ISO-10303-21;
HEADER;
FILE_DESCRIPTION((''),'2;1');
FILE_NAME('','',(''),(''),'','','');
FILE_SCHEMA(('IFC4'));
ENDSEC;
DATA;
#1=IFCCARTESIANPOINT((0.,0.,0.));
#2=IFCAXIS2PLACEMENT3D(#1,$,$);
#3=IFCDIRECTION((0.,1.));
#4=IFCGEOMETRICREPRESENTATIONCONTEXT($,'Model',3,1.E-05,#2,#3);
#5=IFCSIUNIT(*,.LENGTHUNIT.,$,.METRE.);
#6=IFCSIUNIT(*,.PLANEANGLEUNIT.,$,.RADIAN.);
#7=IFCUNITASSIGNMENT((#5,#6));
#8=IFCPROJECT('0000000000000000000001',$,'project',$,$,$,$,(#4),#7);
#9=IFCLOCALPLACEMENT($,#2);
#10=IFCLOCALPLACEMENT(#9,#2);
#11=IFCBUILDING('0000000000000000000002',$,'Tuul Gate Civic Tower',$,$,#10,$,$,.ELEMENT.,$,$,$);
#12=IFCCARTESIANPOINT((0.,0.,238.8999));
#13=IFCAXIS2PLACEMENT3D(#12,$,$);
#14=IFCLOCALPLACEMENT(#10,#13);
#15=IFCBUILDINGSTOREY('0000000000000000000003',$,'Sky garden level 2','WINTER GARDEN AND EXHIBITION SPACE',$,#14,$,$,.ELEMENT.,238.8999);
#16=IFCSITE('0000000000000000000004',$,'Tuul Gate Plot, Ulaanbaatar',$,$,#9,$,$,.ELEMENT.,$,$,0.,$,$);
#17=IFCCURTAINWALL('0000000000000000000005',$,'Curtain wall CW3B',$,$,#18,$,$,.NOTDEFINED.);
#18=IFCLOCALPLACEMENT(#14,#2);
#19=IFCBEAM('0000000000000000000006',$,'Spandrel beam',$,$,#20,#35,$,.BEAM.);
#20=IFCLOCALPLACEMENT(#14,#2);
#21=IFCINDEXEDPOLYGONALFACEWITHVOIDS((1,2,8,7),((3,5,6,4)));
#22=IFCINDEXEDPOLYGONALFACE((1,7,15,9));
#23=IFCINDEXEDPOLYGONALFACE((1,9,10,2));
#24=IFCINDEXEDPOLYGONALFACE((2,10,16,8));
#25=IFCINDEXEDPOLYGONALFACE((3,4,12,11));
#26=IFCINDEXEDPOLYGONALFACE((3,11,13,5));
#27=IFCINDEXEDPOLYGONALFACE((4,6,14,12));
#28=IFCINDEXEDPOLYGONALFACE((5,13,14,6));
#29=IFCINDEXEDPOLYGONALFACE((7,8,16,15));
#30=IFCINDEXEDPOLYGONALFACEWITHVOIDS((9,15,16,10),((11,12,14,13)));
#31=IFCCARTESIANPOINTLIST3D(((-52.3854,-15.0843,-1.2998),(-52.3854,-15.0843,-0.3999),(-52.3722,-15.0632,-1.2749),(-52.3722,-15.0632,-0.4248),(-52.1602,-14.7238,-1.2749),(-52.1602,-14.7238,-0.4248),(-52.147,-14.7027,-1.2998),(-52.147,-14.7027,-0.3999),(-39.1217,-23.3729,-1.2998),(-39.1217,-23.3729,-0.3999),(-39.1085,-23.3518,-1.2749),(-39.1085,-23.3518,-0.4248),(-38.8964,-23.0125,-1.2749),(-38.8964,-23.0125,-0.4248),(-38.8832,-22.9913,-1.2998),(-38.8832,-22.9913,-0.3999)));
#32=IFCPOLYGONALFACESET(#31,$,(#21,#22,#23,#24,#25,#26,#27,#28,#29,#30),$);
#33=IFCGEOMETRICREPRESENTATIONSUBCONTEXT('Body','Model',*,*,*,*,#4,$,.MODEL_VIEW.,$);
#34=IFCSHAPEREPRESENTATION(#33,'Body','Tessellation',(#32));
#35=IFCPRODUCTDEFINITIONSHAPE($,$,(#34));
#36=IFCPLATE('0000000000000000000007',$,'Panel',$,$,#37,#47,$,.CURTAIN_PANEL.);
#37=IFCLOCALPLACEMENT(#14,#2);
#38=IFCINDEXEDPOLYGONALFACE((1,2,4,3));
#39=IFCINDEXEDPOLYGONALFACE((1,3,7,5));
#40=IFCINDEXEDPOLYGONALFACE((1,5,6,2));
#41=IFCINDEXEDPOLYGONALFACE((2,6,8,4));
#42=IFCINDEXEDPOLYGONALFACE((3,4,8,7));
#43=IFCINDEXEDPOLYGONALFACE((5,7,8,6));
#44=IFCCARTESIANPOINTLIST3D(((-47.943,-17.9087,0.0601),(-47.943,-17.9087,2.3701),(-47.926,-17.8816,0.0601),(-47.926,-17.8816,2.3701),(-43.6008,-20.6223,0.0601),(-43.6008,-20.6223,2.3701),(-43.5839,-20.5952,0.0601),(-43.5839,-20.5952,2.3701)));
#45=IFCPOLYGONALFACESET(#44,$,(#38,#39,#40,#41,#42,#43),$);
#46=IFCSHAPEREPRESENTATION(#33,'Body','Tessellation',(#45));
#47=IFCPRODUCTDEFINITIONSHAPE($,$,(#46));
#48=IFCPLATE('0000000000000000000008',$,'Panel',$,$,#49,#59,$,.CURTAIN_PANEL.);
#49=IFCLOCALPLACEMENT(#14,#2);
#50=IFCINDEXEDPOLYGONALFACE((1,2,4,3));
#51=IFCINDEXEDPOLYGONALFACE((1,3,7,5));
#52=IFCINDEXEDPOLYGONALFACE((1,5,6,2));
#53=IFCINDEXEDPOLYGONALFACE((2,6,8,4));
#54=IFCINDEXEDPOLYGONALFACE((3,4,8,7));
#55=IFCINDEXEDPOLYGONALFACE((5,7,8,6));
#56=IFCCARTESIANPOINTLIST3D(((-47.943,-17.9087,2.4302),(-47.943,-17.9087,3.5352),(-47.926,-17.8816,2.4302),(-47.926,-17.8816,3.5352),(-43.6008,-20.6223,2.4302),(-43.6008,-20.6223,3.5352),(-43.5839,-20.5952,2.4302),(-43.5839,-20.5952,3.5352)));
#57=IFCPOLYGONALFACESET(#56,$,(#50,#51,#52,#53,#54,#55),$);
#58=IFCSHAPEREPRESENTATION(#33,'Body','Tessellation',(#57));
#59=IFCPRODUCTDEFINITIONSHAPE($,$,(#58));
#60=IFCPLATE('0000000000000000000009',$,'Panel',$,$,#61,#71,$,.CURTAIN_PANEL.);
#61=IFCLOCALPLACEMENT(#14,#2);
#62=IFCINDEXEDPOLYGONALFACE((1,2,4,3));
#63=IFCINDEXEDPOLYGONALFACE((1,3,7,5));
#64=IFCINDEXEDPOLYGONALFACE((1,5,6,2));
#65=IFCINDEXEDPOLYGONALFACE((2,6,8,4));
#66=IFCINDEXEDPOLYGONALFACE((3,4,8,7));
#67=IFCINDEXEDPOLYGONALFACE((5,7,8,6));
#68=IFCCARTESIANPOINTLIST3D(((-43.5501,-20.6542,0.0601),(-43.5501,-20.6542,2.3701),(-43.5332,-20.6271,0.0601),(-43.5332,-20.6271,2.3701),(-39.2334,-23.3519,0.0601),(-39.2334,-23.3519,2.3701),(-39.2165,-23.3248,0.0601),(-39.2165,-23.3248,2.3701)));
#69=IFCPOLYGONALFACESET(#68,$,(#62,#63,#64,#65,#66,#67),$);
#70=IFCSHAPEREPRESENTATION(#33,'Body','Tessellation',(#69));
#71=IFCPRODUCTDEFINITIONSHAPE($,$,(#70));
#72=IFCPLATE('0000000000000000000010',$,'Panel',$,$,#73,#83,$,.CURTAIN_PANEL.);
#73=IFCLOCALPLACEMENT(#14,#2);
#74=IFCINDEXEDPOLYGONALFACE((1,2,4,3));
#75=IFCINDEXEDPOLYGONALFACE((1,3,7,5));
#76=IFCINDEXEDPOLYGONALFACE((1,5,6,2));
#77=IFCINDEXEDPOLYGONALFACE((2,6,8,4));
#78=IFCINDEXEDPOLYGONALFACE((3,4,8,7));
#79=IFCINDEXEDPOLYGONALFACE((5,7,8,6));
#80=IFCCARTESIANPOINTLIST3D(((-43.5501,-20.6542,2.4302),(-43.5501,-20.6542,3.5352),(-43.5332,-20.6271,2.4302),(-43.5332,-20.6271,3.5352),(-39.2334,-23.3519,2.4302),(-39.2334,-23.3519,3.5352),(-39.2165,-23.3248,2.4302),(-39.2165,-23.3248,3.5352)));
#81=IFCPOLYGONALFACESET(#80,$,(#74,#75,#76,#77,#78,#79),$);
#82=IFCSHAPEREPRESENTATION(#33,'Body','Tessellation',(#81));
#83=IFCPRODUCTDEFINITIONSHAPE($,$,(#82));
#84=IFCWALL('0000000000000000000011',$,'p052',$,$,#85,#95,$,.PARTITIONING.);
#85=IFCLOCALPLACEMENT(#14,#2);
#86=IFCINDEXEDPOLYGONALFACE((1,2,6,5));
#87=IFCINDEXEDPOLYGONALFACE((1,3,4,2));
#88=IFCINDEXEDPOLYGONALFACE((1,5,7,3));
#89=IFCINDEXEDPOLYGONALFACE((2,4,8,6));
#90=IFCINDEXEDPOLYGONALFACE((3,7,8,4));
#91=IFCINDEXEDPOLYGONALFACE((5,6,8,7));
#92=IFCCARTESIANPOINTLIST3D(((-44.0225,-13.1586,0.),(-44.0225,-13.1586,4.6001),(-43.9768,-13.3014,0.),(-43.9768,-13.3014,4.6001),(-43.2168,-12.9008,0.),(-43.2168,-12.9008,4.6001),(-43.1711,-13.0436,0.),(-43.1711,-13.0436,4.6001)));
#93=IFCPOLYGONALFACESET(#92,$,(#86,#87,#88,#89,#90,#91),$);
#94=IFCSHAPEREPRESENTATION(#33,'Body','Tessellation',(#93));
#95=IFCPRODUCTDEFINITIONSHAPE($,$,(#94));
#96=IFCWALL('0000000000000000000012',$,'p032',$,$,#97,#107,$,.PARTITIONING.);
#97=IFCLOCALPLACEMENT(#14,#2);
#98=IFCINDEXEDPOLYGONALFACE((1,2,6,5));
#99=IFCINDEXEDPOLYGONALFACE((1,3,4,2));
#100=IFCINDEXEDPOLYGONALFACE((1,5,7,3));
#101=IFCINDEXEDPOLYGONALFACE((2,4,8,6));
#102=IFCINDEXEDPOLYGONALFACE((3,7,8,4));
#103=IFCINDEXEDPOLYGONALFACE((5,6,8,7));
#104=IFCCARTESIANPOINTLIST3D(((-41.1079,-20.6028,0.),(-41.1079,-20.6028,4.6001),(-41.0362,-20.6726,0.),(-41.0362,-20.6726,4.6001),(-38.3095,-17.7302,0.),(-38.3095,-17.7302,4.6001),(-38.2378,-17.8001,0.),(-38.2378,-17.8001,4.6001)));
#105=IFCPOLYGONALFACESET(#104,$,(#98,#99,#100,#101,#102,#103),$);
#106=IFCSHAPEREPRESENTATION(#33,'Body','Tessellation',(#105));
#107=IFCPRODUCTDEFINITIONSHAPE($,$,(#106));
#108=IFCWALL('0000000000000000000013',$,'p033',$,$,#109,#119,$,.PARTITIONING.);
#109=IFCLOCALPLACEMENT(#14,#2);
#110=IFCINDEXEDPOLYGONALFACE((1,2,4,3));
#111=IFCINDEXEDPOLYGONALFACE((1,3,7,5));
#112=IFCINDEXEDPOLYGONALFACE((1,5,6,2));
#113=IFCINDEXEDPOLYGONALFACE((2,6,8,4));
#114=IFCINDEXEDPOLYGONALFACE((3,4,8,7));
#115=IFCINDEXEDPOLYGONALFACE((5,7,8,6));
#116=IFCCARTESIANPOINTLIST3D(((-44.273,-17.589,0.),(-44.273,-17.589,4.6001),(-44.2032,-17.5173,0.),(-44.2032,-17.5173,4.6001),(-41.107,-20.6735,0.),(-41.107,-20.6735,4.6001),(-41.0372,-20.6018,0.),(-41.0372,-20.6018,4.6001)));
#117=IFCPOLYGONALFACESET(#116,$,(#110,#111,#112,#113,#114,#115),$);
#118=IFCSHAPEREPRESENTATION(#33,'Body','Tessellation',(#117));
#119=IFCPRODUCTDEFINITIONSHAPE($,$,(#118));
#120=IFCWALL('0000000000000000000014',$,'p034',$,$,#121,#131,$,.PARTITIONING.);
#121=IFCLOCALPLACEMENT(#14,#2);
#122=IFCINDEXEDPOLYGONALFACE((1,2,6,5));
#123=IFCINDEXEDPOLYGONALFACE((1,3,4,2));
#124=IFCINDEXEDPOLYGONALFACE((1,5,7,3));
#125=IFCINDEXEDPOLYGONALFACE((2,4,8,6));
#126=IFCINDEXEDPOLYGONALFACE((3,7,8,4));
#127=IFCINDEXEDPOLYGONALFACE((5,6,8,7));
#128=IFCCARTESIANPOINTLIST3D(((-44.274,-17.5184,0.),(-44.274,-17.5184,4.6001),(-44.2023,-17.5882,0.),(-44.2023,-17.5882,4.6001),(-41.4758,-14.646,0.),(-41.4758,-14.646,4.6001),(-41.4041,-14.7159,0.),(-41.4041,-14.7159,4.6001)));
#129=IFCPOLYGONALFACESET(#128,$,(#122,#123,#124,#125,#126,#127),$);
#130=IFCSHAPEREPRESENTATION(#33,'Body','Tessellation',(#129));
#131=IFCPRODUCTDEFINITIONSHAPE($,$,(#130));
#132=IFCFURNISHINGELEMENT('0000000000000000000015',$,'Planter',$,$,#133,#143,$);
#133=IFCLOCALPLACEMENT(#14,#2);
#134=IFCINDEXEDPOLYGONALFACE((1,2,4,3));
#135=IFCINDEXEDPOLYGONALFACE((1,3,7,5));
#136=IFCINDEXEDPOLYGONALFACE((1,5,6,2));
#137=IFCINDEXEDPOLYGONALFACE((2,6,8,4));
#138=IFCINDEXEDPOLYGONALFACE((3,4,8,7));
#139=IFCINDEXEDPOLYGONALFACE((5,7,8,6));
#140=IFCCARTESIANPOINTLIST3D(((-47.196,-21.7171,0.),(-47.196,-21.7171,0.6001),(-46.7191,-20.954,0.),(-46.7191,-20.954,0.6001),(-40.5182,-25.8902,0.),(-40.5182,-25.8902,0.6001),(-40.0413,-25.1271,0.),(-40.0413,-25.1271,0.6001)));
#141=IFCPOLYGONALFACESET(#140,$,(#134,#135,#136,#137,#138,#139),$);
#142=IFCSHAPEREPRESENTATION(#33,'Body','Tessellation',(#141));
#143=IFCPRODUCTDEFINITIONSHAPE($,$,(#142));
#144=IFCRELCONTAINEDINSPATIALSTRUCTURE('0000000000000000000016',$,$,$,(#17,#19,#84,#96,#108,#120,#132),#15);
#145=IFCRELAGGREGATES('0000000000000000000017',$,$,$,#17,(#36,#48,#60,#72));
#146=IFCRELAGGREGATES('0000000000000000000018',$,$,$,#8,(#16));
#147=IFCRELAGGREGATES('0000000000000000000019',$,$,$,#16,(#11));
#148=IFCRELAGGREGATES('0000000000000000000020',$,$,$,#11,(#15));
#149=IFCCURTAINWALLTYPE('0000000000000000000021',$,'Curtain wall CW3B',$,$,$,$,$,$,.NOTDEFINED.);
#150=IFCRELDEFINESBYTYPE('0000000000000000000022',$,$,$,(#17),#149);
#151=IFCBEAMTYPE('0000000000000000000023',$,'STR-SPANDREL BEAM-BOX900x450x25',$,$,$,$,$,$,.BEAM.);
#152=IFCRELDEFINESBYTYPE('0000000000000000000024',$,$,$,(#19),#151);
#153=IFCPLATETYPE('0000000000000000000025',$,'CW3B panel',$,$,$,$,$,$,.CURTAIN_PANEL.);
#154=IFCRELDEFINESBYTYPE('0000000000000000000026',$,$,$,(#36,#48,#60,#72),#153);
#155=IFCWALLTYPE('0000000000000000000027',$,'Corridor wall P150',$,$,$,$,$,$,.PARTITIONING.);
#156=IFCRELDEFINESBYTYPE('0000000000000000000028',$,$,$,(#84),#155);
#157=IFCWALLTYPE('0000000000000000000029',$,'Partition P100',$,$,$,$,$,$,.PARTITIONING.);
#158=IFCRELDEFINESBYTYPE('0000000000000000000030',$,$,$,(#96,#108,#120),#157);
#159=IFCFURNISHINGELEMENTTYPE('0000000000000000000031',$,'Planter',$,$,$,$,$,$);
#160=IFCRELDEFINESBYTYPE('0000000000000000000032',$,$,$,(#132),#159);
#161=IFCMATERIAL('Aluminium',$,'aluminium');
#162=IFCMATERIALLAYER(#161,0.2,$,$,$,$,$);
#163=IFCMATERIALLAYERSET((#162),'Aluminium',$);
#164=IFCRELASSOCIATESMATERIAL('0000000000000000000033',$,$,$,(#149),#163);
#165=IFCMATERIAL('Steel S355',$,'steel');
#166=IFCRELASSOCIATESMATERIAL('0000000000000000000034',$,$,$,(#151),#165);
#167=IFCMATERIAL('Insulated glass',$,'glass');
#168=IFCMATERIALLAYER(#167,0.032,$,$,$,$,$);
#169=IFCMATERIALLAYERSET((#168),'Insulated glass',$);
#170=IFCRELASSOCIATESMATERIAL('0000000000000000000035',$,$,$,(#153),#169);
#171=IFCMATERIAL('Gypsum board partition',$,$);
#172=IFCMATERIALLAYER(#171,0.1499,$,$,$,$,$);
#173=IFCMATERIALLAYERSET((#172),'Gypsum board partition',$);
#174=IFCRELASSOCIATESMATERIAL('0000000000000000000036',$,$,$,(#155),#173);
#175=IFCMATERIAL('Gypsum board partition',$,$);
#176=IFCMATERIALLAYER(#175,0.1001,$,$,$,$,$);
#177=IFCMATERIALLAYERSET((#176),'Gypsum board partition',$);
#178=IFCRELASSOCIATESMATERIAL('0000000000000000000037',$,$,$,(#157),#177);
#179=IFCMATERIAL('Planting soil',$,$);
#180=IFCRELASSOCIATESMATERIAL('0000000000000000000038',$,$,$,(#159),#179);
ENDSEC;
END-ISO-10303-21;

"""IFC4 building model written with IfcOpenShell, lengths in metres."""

from ifc_helpers import new_model, si_unit, direction, frame, frame_2d, origin, origin_2d, place, context, subcontext, project, spatial, rectangle, hollow_rectangle, extrude, material, layer, layer_set, material_profile, profile_set, type_object, element, aggregate, save


model = new_model("IFC4")

# Units and contexts
model_context = context("Model", 3, precision=1e-05, world=origin(), true_north=direction((0.0, 1.0)))
body_context = subcontext(model_context, "Body", "Model", "MODEL_VIEW")
ifc_project = project(units=[si_unit("LENGTHUNIT", "METRE"), si_unit("PLANEANGLEUNIT", "RADIAN")], contexts=[model_context])

# Site, building, storey
site_placement = place(None, origin())
site = spatial("IfcSite", under=ifc_project, at=site_placement, Name="Tuul Gate Plot, Ulaanbaatar", CompositionType="ELEMENT", RefElevation=0.0)
building_placement = place(site_placement, origin())
building = spatial("IfcBuilding", under=site, at=building_placement, Name="Tuul Gate Civic Tower", CompositionType="ELEMENT")
storey_placement = place(building_placement, frame((0.0, 0.0, 238.8999)))
storey = spatial("IfcBuildingStorey", under=building, at=storey_placement, Name="Sky garden level 2", Description="WINTER GARDEN AND EXHIBITION SPACE", CompositionType="ELEMENT", Elevation=238.8999)

# Curtain wall
ifc_material_1 = material(Name="Aluminium", Category="aluminium")
ifc_layer_1 = layer(ifc_material_1, 0.2)
ifc_layer_set_1 = layer_set([ifc_layer_1], Name="Aluminium")
curtain_wall_type_1 = type_object("IfcCurtainWallType", Name="Curtain wall CW3B", PredefinedType="NOTDEFINED", material=ifc_layer_set_1)
curtain_wall_1_placement = place(storey_placement, origin())
curtain_wall_1 = element("IfcCurtainWall", 1, at=curtain_wall_1_placement, inside=storey, type_object=curtain_wall_type_1, Name="Curtain wall CW3B", PredefinedType="NOTDEFINED")

# Beam
ifc_material_2 = material(Name="Steel S355", Category="steel")
ifc_material_profile_1 = material_profile(ifc_material_2, hollow_rectangle(XDim=0.45, YDim=0.8999, WallThickness=0.0249, at=origin_2d()), Name="BOX900x450x25")
ifc_profile_set_1 = profile_set([ifc_material_profile_1], Name="Steel S355")
beam_type_1 = type_object("IfcBeamType", Name="STR-SPANDREL BEAM-BOX900x450x25", PredefinedType="BEAM", material=ifc_profile_set_1)
beam_1_placement = place(storey_placement, frame((-39.0024, -23.1821, -0.8499), z_axis=(-0.848033, 0.529943, 0.0), x_axis=(-0.529943, -0.848033, 0.0)))
element("IfcBeam", 2, at=beam_1_placement, inside=storey, type_object=beam_type_1, Name="Spandrel beam", PredefinedType="BEAM", context=body_context, shape_type="SweptSolid", body=[
    extrude(hollow_rectangle(XDim=0.45, YDim=0.8999, WallThickness=0.0249, at=origin_2d()), origin(), (0.0, 0.0, 1.0), 15.6406),
])

# Plates
ifc_material_3 = material(Name="Insulated glass", Category="glass")
ifc_layer_2 = layer(ifc_material_3, 0.032)
ifc_layer_set_2 = layer_set([ifc_layer_2], Name="Insulated glass")
plate_type = type_object("IfcPlateType", Name="CW3B panel", PredefinedType="CURTAIN_PANEL", material=ifc_layer_set_2)
plate_1_placement = place(storey_placement, frame((-45.7634, -19.252, 0.0601), z_axis=(0.0, 0.0, 1.0), x_axis=(0.848024, -0.529958, 0.0)))
plate_1 = element("IfcPlate", 3, at=plate_1_placement, type_object=plate_type, Name="Panel", PredefinedType="CURTAIN_PANEL", context=body_context, shape_type="SweptSolid", body=[
    extrude(rectangle(XDim=5.1204, YDim=0.032, at=origin_2d()), origin(), (0.0, 0.0, 1.0), 2.3101),
])
plate_2_placement = place(storey_placement, frame((-45.7634, -19.252, 2.4302), z_axis=(0.0, 0.0, 1.0), x_axis=(0.848024, -0.529958, 0.0)))
plate_2 = element("IfcPlate", 4, at=plate_2_placement, type_object=plate_type, Name="Panel", PredefinedType="CURTAIN_PANEL", context=body_context, shape_type="SweptSolid", body=[
    extrude(rectangle(XDim=5.1204, YDim=0.032, at=origin_2d()), origin(), (0.0, 0.0, 1.0), 1.105),
])
plate_3_placement = place(storey_placement, frame((-41.3833, -21.9895, 0.0601), z_axis=(0.0, 0.0, 1.0), x_axis=(0.848024, -0.529958, 0.0)))
plate_3 = element("IfcPlate", 5, at=plate_3_placement, type_object=plate_type, Name="Panel", PredefinedType="CURTAIN_PANEL", context=body_context, shape_type="SweptSolid", body=[
    extrude(rectangle(XDim=5.0903, YDim=0.032, at=origin_2d()), origin(), (0.0, 0.0, 1.0), 2.3101),
])
plate_4_placement = place(storey_placement, frame((-41.3833, -21.9895, 2.4302), z_axis=(0.0, 0.0, 1.0), x_axis=(0.848024, -0.529958, 0.0)))
plate_4 = element("IfcPlate", 6, at=plate_4_placement, type_object=plate_type, Name="Panel", PredefinedType="CURTAIN_PANEL", context=body_context, shape_type="SweptSolid", body=[
    extrude(rectangle(XDim=5.0903, YDim=0.032, at=origin_2d()), origin(), (0.0, 0.0, 1.0), 1.105),
])
aggregate(curtain_wall_1, [plate_1, plate_2, plate_3, plate_4])

# Walls
ifc_material_4 = material(Name="Gypsum board partition")
ifc_layer_3 = layer(ifc_material_4, 0.1499)
ifc_layer_set_3 = layer_set([ifc_layer_3], Name="Gypsum board partition")
wall_type_1 = type_object("IfcWallType", Name="Corridor wall P150", PredefinedType="PARTITIONING", material=ifc_layer_set_3)
wall_1_placement = place(storey_placement, frame((-43.9995, -13.23, 0.0), z_axis=(0.0, 0.0, 1.0), x_axis=(0.952424, 0.304776, 0.0)))
element("IfcWall", 7, at=wall_1_placement, inside=storey, type_object=wall_type_1, Name="p052", PredefinedType="PARTITIONING", context=body_context, shape_type="SweptSolid", body=[
    extrude(rectangle(XDim=0.8459, YDim=0.1499, at=frame_2d((0.4229, 0.0))), origin(), (0.0, 0.0, 1.0), 4.6001),
])
ifc_material_5 = material(Name="Gypsum board partition")
ifc_layer_4 = layer(ifc_material_5, 0.1001)
ifc_layer_set_4 = layer_set([ifc_layer_4], Name="Gypsum board partition")
wall_type_2 = type_object("IfcWallType", Name="Partition P100", PredefinedType="PARTITIONING", material=ifc_layer_set_4)
wall_2_placement = place(storey_placement, frame((-41.072, -20.6377, 0.0), z_axis=(0.0, 0.0, 1.0), x_axis=(0.697793, 0.7163, 0.0)))
element("IfcWall", 8, at=wall_2_placement, inside=storey, type_object=wall_type_2, Name="p032", PredefinedType="PARTITIONING", context=body_context, shape_type="SweptSolid", body=[
    extrude(rectangle(XDim=4.0103, YDim=0.1001, at=frame_2d((2.0051, 0.0))), origin(), (0.0, 0.0, 1.0), 4.6001),
])
wall_3_placement = place(storey_placement, frame((-44.238, -17.5532, 0.0), z_axis=(0.0, 0.0, 1.0), x_axis=(0.716271, -0.697823, 0.0)))
element("IfcWall", 9, at=wall_3_placement, inside=storey, type_object=wall_type_2, Name="p033", PredefinedType="PARTITIONING", context=body_context, shape_type="SweptSolid", body=[
    extrude(rectangle(XDim=4.4202, YDim=0.1001, at=frame_2d((2.21, 0.0))), origin(), (0.0, 0.0, 1.0), 4.6001),
])
wall_4_placement = place(storey_placement, frame((-44.238, -17.5532, 0.0), z_axis=(0.0, 0.0, 1.0), x_axis=(0.697792, 0.716301, 0.0)))
element("IfcWall", 10, at=wall_4_placement, inside=storey, type_object=wall_type_2, Name="p034", PredefinedType="PARTITIONING", context=body_context, shape_type="SweptSolid", body=[
    extrude(rectangle(XDim=4.01, YDim=0.1001, at=frame_2d((2.0049, 0.0))), origin(), (0.0, 0.0, 1.0), 4.6001),
])

# Furnishing element
ifc_material_6 = material(Name="Planting soil")
furnishing_element_type = type_object("IfcFurnishingElementType", Name="Planter", material=ifc_material_6)
furnishing_placement = place(storey_placement, frame((-43.6187, -23.4221, 0.0), z_axis=(0.0, 0.0, 1.0), x_axis=(0.848029, -0.52995, 0.0)))
element("IfcFurnishingElement", 11, at=furnishing_placement, inside=storey, type_object=furnishing_element_type, Name="Planter", context=body_context, shape_type="SweptSolid", body=[
    extrude(rectangle(XDim=7.8745, YDim=0.8999, at=origin_2d()), origin(), (0.0, 0.0, 1.0), 0.6001),
])

save(model, "model.ifc")
